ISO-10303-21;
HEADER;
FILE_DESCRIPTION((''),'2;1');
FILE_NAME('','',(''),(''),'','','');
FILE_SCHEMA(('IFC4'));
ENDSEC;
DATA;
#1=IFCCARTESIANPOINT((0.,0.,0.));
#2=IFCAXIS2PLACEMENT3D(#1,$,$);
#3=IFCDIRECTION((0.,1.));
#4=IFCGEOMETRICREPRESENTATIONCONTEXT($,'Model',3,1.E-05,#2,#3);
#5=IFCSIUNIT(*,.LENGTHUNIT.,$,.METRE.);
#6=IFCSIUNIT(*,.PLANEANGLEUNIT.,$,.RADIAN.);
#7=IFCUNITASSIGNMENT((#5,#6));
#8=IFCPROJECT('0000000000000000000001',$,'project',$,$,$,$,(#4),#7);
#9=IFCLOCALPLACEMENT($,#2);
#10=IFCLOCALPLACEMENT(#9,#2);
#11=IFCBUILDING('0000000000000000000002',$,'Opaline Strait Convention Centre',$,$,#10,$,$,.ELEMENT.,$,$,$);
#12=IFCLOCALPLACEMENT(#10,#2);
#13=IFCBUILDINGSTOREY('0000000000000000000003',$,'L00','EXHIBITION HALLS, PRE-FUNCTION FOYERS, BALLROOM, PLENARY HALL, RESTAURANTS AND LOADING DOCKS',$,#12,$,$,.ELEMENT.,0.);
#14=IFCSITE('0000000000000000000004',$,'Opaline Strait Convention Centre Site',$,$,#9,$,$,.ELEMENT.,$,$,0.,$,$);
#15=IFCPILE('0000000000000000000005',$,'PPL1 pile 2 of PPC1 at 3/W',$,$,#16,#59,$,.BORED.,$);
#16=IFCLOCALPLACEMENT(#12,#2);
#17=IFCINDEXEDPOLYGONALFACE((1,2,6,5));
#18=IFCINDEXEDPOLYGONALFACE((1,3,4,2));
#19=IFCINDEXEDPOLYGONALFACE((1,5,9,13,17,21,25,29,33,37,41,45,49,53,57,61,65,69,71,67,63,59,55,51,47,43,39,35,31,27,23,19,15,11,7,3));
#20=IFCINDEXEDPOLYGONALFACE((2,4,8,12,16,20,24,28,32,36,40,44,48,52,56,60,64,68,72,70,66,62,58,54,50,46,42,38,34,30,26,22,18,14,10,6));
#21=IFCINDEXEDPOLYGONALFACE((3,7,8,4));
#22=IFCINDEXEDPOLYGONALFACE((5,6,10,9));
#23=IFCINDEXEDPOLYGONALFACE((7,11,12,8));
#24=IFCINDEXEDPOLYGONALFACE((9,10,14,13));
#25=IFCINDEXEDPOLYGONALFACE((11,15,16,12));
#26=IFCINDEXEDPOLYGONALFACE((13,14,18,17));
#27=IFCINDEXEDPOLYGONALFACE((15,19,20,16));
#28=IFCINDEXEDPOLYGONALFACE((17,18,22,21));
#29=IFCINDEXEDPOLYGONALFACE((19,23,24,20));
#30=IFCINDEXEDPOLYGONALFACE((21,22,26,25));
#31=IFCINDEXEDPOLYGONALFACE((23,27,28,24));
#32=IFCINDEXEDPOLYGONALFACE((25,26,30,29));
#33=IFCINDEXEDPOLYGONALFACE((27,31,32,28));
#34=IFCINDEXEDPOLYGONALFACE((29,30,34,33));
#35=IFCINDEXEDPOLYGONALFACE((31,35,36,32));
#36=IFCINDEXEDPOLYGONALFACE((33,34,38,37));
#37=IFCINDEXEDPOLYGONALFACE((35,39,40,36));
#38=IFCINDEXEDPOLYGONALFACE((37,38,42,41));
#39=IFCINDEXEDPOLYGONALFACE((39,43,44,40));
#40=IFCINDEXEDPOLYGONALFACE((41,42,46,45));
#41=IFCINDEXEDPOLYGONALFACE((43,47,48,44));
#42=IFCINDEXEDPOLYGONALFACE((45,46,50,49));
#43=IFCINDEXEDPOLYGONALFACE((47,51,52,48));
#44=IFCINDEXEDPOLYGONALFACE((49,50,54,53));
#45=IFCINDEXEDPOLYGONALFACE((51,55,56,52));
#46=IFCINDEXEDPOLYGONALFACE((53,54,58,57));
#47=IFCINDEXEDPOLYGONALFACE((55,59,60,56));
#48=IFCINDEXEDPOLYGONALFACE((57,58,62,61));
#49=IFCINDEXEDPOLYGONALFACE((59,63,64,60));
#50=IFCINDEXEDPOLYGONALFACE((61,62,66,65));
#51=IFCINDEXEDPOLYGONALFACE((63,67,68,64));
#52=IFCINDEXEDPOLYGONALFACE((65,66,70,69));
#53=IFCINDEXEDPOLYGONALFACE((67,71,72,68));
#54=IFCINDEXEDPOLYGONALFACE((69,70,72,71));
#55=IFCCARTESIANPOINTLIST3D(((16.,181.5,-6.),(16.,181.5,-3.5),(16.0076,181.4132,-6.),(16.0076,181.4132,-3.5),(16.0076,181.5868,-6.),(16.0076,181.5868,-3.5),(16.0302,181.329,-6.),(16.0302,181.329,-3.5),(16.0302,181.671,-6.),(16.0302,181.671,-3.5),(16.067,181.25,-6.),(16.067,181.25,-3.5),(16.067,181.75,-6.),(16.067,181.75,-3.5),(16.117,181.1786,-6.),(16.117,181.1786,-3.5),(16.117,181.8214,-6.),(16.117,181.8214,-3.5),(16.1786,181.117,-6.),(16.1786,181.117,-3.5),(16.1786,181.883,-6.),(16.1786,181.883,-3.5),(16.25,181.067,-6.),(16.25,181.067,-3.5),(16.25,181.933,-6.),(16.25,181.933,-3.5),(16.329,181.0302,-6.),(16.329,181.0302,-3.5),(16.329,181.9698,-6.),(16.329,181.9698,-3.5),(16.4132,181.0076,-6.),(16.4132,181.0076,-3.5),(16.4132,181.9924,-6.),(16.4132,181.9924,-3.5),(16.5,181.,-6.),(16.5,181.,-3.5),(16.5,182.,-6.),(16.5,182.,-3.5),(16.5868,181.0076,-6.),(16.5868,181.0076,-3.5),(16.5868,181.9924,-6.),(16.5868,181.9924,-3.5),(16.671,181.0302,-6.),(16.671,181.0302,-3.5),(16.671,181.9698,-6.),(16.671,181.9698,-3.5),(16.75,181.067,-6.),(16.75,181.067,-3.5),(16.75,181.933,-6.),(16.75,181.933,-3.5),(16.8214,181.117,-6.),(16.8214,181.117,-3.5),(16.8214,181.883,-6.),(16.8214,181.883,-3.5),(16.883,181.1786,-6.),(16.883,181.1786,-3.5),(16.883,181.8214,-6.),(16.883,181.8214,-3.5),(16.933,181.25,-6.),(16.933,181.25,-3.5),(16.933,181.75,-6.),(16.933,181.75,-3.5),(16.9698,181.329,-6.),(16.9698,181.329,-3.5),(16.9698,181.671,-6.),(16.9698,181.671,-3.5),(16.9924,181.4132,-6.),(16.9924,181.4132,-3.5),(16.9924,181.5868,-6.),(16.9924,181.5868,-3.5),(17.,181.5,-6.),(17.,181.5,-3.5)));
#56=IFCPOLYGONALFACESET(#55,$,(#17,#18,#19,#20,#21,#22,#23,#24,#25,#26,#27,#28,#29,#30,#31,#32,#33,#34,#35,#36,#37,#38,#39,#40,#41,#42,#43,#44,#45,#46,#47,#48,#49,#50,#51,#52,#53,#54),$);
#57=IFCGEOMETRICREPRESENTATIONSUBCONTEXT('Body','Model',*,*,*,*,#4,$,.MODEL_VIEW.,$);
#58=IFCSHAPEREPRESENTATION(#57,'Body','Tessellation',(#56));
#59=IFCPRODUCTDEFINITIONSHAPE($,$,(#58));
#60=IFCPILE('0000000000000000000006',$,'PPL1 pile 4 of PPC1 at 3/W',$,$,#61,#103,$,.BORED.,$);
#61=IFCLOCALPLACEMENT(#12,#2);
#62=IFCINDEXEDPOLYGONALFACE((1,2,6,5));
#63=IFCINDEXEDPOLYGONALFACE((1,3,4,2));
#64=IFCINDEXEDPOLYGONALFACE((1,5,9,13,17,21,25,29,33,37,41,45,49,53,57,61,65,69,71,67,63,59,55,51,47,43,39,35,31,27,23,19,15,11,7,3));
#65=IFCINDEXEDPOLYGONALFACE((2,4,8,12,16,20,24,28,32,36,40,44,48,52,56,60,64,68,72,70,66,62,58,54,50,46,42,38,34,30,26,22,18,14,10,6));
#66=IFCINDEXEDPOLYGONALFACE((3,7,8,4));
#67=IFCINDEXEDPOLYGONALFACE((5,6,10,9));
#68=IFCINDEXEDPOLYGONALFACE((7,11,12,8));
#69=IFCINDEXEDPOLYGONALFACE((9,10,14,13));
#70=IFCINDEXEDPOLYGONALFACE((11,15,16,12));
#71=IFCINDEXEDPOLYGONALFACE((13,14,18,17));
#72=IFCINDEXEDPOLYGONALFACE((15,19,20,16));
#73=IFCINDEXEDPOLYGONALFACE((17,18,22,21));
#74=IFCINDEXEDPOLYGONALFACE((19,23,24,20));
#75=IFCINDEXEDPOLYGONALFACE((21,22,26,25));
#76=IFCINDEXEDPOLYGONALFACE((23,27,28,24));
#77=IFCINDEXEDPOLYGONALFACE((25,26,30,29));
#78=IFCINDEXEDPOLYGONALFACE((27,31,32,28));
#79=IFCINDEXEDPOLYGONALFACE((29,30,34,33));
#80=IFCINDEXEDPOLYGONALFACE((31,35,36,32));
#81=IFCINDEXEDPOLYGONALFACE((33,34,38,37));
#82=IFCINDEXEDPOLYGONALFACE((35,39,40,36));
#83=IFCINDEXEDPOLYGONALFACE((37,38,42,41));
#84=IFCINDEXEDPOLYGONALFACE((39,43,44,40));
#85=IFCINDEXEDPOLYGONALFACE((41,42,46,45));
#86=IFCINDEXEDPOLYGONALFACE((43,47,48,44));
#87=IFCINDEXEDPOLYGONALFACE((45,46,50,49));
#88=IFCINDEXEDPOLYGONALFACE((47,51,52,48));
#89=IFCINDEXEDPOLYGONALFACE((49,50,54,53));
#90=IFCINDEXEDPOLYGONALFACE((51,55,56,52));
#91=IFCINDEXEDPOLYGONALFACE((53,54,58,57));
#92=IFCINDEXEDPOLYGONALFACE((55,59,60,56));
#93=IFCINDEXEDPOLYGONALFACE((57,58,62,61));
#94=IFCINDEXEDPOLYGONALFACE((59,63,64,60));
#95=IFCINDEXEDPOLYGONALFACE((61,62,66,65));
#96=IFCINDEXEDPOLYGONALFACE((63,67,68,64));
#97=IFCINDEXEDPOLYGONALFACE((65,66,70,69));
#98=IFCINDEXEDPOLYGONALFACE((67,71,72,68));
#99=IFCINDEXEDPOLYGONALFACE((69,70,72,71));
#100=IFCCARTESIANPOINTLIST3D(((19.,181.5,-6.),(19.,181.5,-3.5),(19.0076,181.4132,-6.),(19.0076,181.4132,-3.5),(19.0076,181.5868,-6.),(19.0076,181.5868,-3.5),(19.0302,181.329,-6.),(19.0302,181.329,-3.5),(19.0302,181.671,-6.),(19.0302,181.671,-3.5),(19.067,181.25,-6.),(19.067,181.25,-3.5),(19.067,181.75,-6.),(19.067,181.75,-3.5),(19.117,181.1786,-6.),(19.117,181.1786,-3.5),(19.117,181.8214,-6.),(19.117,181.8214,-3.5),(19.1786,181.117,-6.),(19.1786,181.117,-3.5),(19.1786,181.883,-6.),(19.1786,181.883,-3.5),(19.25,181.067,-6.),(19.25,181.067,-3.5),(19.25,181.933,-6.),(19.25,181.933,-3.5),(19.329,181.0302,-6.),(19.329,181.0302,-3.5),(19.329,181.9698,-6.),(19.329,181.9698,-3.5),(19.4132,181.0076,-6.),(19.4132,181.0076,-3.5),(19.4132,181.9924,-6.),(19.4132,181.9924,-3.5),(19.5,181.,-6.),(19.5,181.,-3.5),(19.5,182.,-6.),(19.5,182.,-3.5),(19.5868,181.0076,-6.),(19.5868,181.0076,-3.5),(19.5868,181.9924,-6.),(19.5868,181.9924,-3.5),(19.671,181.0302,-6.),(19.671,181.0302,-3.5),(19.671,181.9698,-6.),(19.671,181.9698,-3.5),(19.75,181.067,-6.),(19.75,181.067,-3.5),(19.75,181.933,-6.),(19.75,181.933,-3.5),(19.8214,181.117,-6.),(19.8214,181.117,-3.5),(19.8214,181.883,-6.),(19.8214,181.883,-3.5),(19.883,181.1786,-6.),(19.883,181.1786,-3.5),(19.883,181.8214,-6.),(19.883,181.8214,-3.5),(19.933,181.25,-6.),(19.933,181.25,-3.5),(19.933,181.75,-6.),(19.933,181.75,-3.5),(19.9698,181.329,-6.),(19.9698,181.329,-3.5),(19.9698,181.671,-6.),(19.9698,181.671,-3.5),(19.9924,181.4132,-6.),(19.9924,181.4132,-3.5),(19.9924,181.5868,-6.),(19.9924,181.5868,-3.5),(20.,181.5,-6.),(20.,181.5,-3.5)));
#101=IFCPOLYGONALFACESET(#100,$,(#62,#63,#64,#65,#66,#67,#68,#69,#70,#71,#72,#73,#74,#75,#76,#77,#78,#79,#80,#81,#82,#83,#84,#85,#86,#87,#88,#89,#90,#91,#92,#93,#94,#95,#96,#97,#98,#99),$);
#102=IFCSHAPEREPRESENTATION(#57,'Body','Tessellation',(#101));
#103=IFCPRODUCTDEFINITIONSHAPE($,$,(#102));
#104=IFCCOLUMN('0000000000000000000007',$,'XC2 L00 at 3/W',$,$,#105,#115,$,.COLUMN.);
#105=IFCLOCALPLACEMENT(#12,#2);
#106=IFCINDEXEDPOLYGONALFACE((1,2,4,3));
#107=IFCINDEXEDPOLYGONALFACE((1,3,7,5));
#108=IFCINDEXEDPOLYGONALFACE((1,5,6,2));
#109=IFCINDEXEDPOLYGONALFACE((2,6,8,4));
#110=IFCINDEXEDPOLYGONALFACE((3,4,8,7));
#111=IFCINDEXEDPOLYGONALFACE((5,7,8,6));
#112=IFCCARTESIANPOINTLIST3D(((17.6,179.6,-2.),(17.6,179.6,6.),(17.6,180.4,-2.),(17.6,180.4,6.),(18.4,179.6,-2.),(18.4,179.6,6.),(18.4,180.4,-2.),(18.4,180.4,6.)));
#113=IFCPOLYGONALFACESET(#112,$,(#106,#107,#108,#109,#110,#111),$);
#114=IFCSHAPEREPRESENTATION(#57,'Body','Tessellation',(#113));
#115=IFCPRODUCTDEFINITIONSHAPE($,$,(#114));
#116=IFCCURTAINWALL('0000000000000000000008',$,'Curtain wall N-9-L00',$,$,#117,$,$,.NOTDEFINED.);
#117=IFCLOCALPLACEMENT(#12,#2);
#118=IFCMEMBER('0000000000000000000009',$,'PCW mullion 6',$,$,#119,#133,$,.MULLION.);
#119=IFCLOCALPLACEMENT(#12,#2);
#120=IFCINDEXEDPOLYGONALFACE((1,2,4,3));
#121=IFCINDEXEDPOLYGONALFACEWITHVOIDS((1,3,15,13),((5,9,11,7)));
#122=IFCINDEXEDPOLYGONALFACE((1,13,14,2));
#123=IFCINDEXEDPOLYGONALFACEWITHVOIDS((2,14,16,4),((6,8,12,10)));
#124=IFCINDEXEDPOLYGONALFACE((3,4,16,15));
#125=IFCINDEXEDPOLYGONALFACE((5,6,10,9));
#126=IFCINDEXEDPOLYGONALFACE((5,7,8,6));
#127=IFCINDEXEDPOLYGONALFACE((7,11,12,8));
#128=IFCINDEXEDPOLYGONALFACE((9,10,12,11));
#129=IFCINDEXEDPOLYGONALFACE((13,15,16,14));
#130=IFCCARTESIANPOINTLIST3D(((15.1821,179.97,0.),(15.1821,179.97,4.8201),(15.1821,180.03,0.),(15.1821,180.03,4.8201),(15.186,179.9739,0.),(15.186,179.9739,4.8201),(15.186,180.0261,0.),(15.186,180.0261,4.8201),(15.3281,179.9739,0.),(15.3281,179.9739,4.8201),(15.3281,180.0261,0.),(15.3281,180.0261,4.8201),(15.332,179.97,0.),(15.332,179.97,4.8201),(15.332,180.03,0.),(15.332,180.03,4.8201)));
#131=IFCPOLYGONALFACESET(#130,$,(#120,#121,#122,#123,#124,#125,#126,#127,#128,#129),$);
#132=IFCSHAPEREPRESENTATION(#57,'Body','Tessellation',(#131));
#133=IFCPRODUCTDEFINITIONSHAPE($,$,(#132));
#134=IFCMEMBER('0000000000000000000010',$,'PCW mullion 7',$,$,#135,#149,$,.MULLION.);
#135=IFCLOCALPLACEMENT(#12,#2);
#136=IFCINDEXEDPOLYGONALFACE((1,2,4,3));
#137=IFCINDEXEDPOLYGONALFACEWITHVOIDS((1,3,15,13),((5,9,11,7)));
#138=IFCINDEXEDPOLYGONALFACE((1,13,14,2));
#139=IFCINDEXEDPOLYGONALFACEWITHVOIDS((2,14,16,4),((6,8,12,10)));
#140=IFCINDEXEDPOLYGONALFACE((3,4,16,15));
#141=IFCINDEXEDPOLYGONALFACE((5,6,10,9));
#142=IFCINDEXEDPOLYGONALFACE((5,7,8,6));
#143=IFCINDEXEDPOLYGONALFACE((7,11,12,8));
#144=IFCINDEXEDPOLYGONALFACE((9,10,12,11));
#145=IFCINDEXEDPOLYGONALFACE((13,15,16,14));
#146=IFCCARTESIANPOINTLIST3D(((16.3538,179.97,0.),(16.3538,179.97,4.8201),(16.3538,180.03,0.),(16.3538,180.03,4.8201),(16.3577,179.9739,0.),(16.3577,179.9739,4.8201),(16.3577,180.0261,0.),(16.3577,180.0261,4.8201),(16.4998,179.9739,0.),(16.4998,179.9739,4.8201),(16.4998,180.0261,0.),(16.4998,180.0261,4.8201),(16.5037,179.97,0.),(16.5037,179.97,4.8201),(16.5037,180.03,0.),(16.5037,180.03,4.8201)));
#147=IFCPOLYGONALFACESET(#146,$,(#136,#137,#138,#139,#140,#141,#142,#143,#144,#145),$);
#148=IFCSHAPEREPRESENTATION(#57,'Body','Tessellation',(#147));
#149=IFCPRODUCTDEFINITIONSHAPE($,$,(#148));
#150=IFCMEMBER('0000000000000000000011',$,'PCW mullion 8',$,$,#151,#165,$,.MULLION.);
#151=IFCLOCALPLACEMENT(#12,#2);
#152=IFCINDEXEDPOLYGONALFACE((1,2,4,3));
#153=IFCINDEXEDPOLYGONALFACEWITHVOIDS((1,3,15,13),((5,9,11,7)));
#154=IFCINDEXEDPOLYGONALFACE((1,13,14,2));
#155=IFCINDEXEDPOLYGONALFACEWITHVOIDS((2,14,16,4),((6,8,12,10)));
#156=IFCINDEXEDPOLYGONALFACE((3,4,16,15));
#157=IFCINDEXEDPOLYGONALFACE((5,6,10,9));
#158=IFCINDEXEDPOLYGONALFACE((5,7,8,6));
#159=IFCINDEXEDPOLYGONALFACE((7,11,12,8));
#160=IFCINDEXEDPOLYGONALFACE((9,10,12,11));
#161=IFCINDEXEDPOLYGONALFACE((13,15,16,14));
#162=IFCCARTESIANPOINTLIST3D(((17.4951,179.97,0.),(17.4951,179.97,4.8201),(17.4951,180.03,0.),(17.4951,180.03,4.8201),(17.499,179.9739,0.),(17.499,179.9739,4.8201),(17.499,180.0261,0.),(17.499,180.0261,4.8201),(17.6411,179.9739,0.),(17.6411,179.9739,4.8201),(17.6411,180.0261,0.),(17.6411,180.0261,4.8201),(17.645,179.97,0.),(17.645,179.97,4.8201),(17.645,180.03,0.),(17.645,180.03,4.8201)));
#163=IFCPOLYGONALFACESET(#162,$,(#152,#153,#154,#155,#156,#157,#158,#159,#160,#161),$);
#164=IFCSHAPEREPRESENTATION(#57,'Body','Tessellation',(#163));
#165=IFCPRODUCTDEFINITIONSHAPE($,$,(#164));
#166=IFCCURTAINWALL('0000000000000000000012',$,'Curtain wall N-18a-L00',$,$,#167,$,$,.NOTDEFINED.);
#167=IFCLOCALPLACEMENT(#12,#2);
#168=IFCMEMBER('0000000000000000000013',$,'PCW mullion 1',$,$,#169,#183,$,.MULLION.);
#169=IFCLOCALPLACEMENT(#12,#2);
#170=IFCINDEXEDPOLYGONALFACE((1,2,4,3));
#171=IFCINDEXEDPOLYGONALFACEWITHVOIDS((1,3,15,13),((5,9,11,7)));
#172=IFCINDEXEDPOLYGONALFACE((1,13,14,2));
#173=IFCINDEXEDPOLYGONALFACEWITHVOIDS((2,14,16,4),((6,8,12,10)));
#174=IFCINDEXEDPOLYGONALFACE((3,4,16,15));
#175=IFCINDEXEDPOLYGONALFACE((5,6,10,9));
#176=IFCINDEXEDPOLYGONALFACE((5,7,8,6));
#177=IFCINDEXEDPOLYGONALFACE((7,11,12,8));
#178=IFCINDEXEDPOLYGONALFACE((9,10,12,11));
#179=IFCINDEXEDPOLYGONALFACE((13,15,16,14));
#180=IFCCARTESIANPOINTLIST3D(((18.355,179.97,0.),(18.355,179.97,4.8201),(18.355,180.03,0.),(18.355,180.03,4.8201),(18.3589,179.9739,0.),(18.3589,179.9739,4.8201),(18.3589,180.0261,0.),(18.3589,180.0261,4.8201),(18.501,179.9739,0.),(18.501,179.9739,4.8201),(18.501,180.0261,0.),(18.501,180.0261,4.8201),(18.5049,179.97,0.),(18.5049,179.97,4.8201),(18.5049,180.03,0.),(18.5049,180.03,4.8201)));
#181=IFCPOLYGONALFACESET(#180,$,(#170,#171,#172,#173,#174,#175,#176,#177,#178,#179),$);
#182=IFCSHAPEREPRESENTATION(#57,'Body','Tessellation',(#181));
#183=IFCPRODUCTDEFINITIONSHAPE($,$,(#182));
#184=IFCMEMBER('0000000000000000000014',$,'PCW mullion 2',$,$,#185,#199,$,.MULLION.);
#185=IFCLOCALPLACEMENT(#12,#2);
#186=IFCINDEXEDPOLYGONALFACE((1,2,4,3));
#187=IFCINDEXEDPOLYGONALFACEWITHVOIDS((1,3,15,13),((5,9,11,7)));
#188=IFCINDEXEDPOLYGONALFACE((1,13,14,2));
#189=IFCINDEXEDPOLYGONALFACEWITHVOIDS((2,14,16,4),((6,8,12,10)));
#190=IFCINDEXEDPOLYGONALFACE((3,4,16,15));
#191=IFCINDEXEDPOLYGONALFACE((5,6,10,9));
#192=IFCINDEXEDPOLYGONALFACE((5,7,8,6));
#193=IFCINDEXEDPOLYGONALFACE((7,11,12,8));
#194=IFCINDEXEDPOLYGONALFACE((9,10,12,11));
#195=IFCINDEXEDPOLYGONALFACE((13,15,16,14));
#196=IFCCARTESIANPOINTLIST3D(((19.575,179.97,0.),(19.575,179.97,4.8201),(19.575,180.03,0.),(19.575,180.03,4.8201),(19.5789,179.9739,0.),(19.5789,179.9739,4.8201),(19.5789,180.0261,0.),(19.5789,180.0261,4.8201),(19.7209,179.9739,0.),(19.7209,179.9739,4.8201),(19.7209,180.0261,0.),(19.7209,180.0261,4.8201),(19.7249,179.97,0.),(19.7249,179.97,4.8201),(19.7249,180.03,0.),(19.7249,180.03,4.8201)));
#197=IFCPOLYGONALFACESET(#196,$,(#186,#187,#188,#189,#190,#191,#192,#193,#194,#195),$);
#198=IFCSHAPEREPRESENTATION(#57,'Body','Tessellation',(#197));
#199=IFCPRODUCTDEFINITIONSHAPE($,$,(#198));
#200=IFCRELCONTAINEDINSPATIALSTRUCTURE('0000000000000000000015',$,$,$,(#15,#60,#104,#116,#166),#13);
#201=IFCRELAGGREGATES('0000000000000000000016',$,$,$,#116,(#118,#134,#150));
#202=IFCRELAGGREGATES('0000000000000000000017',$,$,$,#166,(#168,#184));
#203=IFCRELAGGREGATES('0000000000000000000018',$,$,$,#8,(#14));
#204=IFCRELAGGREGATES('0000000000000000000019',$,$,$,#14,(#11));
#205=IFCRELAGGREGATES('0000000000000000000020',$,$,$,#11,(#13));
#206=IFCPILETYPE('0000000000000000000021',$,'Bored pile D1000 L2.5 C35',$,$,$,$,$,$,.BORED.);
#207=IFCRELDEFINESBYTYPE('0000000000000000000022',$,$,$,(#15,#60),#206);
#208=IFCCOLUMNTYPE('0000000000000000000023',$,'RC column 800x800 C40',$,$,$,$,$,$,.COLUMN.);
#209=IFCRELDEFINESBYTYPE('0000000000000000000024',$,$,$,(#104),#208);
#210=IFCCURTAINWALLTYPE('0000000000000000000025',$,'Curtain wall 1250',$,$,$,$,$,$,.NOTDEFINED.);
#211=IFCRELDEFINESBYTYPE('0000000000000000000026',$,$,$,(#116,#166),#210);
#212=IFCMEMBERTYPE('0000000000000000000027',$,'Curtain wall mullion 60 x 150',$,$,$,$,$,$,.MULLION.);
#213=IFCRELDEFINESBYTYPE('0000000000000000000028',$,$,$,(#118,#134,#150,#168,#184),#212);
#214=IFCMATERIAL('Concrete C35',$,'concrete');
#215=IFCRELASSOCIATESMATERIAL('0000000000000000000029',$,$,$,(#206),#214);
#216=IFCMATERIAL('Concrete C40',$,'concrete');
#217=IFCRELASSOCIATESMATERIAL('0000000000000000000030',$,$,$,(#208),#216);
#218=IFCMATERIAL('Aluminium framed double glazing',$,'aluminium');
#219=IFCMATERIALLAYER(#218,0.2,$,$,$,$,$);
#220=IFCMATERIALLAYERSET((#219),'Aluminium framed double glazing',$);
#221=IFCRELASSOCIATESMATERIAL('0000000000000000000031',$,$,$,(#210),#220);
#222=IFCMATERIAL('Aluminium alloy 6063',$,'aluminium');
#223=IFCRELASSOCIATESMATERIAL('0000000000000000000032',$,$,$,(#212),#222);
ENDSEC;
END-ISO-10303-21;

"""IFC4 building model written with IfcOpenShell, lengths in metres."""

from ifc_helpers import new_model, si_unit, direction, frame, origin, origin_2d, place, context, subcontext, project, spatial, rectangle, hollow_rectangle, circle, extrude, material, layer, layer_set, material_profile, profile_set, type_object, element, aggregate, save


model = new_model("IFC4")

# Units and contexts
model_context = context("Model", 3, precision=1e-05, world=origin(), true_north=direction((0.0, 1.0)))
body_context = subcontext(model_context, "Body", "Model", "MODEL_VIEW")
ifc_project = project(units=[si_unit("LENGTHUNIT", "METRE"), si_unit("PLANEANGLEUNIT", "RADIAN")], contexts=[model_context])

# Site, building, storey
site_placement = place(None, origin())
site = spatial("IfcSite", under=ifc_project, at=site_placement, Name="Opaline Strait Convention Centre Site", CompositionType="ELEMENT", RefElevation=0.0)
building_placement = place(site_placement, origin())
building = spatial("IfcBuilding", under=site, at=building_placement, Name="Opaline Strait Convention Centre", CompositionType="ELEMENT")
storey_placement = place(building_placement, origin())
storey = spatial("IfcBuildingStorey", under=building, at=storey_placement, Name="L00", Description="EXHIBITION HALLS, PRE-FUNCTION FOYERS, BALLROOM, PLENARY HALL, RESTAURANTS AND LOADING DOCKS", CompositionType="ELEMENT", Elevation=0.0)

# Piles
ifc_material_1 = material(Name="Concrete C35", Category="concrete")
ifc_material_profile_1 = material_profile(ifc_material_1, circle(Radius=0.5, at=origin_2d()), Name="D1000")
ifc_profile_set_1 = profile_set([ifc_material_profile_1], Name="Concrete C35")
pile_type = type_object("IfcPileType", Name="Bored pile D1000 L2.5 C35", PredefinedType="BORED", material=ifc_profile_set_1)
for number, where, z_axis, x_axis, name in (
    (1, (16.5, 181.5, -3.5), (0.0, 0.0, -1.0), (1.0, 0.0, 0.0), "PPL1 pile 2 of PPC1 at 3/W"),
    (2, (19.5, 181.5, -3.5), (0.0, 0.0, -1.0), (1.0, 0.0, 0.0), "PPL1 pile 4 of PPC1 at 3/W"),
):
    element("IfcPile", number, at=place(storey_placement, frame(where, z_axis=z_axis, x_axis=x_axis)), inside=storey, type_object=pile_type, Name=name, PredefinedType="BORED", context=body_context, shape_type="SweptSolid", body=[
        extrude(circle(Radius=0.5, at=origin_2d()), origin(), (0.0, 0.0, 1.0), 2.5),
    ])

# Column
ifc_material_2 = material(Name="Concrete C40", Category="concrete")
ifc_material_profile_2 = material_profile(ifc_material_2, rectangle(XDim=0.8, YDim=0.8, at=origin_2d()), Name="RC 800x800")
ifc_profile_set_2 = profile_set([ifc_material_profile_2], Name="Concrete C40")
column_type = type_object("IfcColumnType", Name="RC column 800x800 C40", PredefinedType="COLUMN", material=ifc_profile_set_2)
column_placement = place(storey_placement, frame((18.0, 180.0, -2.0), z_axis=(0.0, 0.0, 1.0), x_axis=(1.0, 0.0, 0.0)))
element("IfcColumn", 3, at=column_placement, inside=storey, type_object=column_type, Name="XC2 L00 at 3/W", PredefinedType="COLUMN", context=body_context, shape_type="SweptSolid", body=[
    extrude(rectangle(XDim=0.8, YDim=0.8, at=origin_2d()), origin(), (0.0, 0.0, 1.0), 8.0),
])

# Curtain walls, members
ifc_material_3 = material(Name="Aluminium framed double glazing", Category="aluminium")
ifc_layer_1 = layer(ifc_material_3, 0.2)
ifc_layer_set_1 = layer_set([ifc_layer_1], Name="Aluminium framed double glazing")
curtain_wall_type = type_object("IfcCurtainWallType", Name="Curtain wall 1250", PredefinedType="NOTDEFINED", material=ifc_layer_set_1)
curtain_wall_1_placement = place(storey_placement, origin())
curtain_wall_1 = element("IfcCurtainWall", 4, at=curtain_wall_1_placement, inside=storey, type_object=curtain_wall_type, Name="Curtain wall N-9-L00", PredefinedType="NOTDEFINED")
ifc_material_4 = material(Name="Aluminium alloy 6063", Category="aluminium")
ifc_material_profile_3 = material_profile(ifc_material_4, hollow_rectangle(XDim=0.0601, YDim=0.1499, WallThickness=0.0039, at=origin_2d()), Name="MULLION 60x150x4")
ifc_profile_set_3 = profile_set([ifc_material_profile_3], Name="Aluminium alloy 6063")
member_type_1 = type_object("IfcMemberType", Name="Curtain wall mullion 60 x 150", PredefinedType="MULLION", material=ifc_profile_set_3)
member_1_placement = place(storey_placement, frame((15.2571, 180.0, 0.0), z_axis=(0.0, 0.0, 1.0), x_axis=(0.0, 1.0, 0.0)))
member_1 = element("IfcMember", 5, at=member_1_placement, type_object=member_type_1, Name="PCW mullion 6", PredefinedType="MULLION", context=body_context, shape_type="SweptSolid", body=[
    extrude(hollow_rectangle(XDim=0.0601, YDim=0.1499, WallThickness=0.0039, at=origin_2d()), origin(), (0.0, 0.0, 1.0), 4.8201),
])
member_2_placement = place(storey_placement, frame((16.4287, 180.0, 0.0), z_axis=(0.0, 0.0, 1.0), x_axis=(0.0, 1.0, 0.0)))
member_2 = element("IfcMember", 6, at=member_2_placement, type_object=member_type_1, Name="PCW mullion 7", PredefinedType="MULLION", context=body_context, shape_type="SweptSolid", body=[
    extrude(hollow_rectangle(XDim=0.0601, YDim=0.1499, WallThickness=0.0039, at=origin_2d()), origin(), (0.0, 0.0, 1.0), 4.8201),
])
member_3_placement = place(storey_placement, frame((17.5701, 180.0, 0.0), z_axis=(0.0, 0.0, 1.0), x_axis=(0.0, 1.0, 0.0)))
member_3 = element("IfcMember", 7, at=member_3_placement, type_object=member_type_1, Name="PCW mullion 8", PredefinedType="MULLION", context=body_context, shape_type="SweptSolid", body=[
    extrude(hollow_rectangle(XDim=0.0601, YDim=0.1499, WallThickness=0.0039, at=origin_2d()), origin(), (0.0, 0.0, 1.0), 4.8201),
])
curtain_wall_2_placement = place(storey_placement, origin())
curtain_wall_2 = element("IfcCurtainWall", 8, at=curtain_wall_2_placement, inside=storey, type_object=curtain_wall_type, Name="Curtain wall N-18a-L00", PredefinedType="NOTDEFINED")
member_4_placement = place(storey_placement, frame((18.4299, 180.0, 0.0), z_axis=(0.0, 0.0, 1.0), x_axis=(0.0, 1.0, 0.0)))
member_4 = element("IfcMember", 9, at=member_4_placement, type_object=member_type_1, Name="PCW mullion 1", PredefinedType="MULLION", context=body_context, shape_type="SweptSolid", body=[
    extrude(hollow_rectangle(XDim=0.0601, YDim=0.1499, WallThickness=0.0039, at=origin_2d()), origin(), (0.0, 0.0, 1.0), 4.8201),
])
member_5_placement = place(storey_placement, frame((19.6499, 180.0, 0.0), z_axis=(0.0, 0.0, 1.0), x_axis=(0.0, 1.0, 0.0)))
member_5 = element("IfcMember", 10, at=member_5_placement, type_object=member_type_1, Name="PCW mullion 2", PredefinedType="MULLION", context=body_context, shape_type="SweptSolid", body=[
    extrude(hollow_rectangle(XDim=0.0601, YDim=0.1499, WallThickness=0.0039, at=origin_2d()), origin(), (0.0, 0.0, 1.0), 4.8201),
])

aggregate(curtain_wall_1, [member_1, member_2, member_3])
aggregate(curtain_wall_2, [member_4, member_5])

save(model, "model.ifc")
